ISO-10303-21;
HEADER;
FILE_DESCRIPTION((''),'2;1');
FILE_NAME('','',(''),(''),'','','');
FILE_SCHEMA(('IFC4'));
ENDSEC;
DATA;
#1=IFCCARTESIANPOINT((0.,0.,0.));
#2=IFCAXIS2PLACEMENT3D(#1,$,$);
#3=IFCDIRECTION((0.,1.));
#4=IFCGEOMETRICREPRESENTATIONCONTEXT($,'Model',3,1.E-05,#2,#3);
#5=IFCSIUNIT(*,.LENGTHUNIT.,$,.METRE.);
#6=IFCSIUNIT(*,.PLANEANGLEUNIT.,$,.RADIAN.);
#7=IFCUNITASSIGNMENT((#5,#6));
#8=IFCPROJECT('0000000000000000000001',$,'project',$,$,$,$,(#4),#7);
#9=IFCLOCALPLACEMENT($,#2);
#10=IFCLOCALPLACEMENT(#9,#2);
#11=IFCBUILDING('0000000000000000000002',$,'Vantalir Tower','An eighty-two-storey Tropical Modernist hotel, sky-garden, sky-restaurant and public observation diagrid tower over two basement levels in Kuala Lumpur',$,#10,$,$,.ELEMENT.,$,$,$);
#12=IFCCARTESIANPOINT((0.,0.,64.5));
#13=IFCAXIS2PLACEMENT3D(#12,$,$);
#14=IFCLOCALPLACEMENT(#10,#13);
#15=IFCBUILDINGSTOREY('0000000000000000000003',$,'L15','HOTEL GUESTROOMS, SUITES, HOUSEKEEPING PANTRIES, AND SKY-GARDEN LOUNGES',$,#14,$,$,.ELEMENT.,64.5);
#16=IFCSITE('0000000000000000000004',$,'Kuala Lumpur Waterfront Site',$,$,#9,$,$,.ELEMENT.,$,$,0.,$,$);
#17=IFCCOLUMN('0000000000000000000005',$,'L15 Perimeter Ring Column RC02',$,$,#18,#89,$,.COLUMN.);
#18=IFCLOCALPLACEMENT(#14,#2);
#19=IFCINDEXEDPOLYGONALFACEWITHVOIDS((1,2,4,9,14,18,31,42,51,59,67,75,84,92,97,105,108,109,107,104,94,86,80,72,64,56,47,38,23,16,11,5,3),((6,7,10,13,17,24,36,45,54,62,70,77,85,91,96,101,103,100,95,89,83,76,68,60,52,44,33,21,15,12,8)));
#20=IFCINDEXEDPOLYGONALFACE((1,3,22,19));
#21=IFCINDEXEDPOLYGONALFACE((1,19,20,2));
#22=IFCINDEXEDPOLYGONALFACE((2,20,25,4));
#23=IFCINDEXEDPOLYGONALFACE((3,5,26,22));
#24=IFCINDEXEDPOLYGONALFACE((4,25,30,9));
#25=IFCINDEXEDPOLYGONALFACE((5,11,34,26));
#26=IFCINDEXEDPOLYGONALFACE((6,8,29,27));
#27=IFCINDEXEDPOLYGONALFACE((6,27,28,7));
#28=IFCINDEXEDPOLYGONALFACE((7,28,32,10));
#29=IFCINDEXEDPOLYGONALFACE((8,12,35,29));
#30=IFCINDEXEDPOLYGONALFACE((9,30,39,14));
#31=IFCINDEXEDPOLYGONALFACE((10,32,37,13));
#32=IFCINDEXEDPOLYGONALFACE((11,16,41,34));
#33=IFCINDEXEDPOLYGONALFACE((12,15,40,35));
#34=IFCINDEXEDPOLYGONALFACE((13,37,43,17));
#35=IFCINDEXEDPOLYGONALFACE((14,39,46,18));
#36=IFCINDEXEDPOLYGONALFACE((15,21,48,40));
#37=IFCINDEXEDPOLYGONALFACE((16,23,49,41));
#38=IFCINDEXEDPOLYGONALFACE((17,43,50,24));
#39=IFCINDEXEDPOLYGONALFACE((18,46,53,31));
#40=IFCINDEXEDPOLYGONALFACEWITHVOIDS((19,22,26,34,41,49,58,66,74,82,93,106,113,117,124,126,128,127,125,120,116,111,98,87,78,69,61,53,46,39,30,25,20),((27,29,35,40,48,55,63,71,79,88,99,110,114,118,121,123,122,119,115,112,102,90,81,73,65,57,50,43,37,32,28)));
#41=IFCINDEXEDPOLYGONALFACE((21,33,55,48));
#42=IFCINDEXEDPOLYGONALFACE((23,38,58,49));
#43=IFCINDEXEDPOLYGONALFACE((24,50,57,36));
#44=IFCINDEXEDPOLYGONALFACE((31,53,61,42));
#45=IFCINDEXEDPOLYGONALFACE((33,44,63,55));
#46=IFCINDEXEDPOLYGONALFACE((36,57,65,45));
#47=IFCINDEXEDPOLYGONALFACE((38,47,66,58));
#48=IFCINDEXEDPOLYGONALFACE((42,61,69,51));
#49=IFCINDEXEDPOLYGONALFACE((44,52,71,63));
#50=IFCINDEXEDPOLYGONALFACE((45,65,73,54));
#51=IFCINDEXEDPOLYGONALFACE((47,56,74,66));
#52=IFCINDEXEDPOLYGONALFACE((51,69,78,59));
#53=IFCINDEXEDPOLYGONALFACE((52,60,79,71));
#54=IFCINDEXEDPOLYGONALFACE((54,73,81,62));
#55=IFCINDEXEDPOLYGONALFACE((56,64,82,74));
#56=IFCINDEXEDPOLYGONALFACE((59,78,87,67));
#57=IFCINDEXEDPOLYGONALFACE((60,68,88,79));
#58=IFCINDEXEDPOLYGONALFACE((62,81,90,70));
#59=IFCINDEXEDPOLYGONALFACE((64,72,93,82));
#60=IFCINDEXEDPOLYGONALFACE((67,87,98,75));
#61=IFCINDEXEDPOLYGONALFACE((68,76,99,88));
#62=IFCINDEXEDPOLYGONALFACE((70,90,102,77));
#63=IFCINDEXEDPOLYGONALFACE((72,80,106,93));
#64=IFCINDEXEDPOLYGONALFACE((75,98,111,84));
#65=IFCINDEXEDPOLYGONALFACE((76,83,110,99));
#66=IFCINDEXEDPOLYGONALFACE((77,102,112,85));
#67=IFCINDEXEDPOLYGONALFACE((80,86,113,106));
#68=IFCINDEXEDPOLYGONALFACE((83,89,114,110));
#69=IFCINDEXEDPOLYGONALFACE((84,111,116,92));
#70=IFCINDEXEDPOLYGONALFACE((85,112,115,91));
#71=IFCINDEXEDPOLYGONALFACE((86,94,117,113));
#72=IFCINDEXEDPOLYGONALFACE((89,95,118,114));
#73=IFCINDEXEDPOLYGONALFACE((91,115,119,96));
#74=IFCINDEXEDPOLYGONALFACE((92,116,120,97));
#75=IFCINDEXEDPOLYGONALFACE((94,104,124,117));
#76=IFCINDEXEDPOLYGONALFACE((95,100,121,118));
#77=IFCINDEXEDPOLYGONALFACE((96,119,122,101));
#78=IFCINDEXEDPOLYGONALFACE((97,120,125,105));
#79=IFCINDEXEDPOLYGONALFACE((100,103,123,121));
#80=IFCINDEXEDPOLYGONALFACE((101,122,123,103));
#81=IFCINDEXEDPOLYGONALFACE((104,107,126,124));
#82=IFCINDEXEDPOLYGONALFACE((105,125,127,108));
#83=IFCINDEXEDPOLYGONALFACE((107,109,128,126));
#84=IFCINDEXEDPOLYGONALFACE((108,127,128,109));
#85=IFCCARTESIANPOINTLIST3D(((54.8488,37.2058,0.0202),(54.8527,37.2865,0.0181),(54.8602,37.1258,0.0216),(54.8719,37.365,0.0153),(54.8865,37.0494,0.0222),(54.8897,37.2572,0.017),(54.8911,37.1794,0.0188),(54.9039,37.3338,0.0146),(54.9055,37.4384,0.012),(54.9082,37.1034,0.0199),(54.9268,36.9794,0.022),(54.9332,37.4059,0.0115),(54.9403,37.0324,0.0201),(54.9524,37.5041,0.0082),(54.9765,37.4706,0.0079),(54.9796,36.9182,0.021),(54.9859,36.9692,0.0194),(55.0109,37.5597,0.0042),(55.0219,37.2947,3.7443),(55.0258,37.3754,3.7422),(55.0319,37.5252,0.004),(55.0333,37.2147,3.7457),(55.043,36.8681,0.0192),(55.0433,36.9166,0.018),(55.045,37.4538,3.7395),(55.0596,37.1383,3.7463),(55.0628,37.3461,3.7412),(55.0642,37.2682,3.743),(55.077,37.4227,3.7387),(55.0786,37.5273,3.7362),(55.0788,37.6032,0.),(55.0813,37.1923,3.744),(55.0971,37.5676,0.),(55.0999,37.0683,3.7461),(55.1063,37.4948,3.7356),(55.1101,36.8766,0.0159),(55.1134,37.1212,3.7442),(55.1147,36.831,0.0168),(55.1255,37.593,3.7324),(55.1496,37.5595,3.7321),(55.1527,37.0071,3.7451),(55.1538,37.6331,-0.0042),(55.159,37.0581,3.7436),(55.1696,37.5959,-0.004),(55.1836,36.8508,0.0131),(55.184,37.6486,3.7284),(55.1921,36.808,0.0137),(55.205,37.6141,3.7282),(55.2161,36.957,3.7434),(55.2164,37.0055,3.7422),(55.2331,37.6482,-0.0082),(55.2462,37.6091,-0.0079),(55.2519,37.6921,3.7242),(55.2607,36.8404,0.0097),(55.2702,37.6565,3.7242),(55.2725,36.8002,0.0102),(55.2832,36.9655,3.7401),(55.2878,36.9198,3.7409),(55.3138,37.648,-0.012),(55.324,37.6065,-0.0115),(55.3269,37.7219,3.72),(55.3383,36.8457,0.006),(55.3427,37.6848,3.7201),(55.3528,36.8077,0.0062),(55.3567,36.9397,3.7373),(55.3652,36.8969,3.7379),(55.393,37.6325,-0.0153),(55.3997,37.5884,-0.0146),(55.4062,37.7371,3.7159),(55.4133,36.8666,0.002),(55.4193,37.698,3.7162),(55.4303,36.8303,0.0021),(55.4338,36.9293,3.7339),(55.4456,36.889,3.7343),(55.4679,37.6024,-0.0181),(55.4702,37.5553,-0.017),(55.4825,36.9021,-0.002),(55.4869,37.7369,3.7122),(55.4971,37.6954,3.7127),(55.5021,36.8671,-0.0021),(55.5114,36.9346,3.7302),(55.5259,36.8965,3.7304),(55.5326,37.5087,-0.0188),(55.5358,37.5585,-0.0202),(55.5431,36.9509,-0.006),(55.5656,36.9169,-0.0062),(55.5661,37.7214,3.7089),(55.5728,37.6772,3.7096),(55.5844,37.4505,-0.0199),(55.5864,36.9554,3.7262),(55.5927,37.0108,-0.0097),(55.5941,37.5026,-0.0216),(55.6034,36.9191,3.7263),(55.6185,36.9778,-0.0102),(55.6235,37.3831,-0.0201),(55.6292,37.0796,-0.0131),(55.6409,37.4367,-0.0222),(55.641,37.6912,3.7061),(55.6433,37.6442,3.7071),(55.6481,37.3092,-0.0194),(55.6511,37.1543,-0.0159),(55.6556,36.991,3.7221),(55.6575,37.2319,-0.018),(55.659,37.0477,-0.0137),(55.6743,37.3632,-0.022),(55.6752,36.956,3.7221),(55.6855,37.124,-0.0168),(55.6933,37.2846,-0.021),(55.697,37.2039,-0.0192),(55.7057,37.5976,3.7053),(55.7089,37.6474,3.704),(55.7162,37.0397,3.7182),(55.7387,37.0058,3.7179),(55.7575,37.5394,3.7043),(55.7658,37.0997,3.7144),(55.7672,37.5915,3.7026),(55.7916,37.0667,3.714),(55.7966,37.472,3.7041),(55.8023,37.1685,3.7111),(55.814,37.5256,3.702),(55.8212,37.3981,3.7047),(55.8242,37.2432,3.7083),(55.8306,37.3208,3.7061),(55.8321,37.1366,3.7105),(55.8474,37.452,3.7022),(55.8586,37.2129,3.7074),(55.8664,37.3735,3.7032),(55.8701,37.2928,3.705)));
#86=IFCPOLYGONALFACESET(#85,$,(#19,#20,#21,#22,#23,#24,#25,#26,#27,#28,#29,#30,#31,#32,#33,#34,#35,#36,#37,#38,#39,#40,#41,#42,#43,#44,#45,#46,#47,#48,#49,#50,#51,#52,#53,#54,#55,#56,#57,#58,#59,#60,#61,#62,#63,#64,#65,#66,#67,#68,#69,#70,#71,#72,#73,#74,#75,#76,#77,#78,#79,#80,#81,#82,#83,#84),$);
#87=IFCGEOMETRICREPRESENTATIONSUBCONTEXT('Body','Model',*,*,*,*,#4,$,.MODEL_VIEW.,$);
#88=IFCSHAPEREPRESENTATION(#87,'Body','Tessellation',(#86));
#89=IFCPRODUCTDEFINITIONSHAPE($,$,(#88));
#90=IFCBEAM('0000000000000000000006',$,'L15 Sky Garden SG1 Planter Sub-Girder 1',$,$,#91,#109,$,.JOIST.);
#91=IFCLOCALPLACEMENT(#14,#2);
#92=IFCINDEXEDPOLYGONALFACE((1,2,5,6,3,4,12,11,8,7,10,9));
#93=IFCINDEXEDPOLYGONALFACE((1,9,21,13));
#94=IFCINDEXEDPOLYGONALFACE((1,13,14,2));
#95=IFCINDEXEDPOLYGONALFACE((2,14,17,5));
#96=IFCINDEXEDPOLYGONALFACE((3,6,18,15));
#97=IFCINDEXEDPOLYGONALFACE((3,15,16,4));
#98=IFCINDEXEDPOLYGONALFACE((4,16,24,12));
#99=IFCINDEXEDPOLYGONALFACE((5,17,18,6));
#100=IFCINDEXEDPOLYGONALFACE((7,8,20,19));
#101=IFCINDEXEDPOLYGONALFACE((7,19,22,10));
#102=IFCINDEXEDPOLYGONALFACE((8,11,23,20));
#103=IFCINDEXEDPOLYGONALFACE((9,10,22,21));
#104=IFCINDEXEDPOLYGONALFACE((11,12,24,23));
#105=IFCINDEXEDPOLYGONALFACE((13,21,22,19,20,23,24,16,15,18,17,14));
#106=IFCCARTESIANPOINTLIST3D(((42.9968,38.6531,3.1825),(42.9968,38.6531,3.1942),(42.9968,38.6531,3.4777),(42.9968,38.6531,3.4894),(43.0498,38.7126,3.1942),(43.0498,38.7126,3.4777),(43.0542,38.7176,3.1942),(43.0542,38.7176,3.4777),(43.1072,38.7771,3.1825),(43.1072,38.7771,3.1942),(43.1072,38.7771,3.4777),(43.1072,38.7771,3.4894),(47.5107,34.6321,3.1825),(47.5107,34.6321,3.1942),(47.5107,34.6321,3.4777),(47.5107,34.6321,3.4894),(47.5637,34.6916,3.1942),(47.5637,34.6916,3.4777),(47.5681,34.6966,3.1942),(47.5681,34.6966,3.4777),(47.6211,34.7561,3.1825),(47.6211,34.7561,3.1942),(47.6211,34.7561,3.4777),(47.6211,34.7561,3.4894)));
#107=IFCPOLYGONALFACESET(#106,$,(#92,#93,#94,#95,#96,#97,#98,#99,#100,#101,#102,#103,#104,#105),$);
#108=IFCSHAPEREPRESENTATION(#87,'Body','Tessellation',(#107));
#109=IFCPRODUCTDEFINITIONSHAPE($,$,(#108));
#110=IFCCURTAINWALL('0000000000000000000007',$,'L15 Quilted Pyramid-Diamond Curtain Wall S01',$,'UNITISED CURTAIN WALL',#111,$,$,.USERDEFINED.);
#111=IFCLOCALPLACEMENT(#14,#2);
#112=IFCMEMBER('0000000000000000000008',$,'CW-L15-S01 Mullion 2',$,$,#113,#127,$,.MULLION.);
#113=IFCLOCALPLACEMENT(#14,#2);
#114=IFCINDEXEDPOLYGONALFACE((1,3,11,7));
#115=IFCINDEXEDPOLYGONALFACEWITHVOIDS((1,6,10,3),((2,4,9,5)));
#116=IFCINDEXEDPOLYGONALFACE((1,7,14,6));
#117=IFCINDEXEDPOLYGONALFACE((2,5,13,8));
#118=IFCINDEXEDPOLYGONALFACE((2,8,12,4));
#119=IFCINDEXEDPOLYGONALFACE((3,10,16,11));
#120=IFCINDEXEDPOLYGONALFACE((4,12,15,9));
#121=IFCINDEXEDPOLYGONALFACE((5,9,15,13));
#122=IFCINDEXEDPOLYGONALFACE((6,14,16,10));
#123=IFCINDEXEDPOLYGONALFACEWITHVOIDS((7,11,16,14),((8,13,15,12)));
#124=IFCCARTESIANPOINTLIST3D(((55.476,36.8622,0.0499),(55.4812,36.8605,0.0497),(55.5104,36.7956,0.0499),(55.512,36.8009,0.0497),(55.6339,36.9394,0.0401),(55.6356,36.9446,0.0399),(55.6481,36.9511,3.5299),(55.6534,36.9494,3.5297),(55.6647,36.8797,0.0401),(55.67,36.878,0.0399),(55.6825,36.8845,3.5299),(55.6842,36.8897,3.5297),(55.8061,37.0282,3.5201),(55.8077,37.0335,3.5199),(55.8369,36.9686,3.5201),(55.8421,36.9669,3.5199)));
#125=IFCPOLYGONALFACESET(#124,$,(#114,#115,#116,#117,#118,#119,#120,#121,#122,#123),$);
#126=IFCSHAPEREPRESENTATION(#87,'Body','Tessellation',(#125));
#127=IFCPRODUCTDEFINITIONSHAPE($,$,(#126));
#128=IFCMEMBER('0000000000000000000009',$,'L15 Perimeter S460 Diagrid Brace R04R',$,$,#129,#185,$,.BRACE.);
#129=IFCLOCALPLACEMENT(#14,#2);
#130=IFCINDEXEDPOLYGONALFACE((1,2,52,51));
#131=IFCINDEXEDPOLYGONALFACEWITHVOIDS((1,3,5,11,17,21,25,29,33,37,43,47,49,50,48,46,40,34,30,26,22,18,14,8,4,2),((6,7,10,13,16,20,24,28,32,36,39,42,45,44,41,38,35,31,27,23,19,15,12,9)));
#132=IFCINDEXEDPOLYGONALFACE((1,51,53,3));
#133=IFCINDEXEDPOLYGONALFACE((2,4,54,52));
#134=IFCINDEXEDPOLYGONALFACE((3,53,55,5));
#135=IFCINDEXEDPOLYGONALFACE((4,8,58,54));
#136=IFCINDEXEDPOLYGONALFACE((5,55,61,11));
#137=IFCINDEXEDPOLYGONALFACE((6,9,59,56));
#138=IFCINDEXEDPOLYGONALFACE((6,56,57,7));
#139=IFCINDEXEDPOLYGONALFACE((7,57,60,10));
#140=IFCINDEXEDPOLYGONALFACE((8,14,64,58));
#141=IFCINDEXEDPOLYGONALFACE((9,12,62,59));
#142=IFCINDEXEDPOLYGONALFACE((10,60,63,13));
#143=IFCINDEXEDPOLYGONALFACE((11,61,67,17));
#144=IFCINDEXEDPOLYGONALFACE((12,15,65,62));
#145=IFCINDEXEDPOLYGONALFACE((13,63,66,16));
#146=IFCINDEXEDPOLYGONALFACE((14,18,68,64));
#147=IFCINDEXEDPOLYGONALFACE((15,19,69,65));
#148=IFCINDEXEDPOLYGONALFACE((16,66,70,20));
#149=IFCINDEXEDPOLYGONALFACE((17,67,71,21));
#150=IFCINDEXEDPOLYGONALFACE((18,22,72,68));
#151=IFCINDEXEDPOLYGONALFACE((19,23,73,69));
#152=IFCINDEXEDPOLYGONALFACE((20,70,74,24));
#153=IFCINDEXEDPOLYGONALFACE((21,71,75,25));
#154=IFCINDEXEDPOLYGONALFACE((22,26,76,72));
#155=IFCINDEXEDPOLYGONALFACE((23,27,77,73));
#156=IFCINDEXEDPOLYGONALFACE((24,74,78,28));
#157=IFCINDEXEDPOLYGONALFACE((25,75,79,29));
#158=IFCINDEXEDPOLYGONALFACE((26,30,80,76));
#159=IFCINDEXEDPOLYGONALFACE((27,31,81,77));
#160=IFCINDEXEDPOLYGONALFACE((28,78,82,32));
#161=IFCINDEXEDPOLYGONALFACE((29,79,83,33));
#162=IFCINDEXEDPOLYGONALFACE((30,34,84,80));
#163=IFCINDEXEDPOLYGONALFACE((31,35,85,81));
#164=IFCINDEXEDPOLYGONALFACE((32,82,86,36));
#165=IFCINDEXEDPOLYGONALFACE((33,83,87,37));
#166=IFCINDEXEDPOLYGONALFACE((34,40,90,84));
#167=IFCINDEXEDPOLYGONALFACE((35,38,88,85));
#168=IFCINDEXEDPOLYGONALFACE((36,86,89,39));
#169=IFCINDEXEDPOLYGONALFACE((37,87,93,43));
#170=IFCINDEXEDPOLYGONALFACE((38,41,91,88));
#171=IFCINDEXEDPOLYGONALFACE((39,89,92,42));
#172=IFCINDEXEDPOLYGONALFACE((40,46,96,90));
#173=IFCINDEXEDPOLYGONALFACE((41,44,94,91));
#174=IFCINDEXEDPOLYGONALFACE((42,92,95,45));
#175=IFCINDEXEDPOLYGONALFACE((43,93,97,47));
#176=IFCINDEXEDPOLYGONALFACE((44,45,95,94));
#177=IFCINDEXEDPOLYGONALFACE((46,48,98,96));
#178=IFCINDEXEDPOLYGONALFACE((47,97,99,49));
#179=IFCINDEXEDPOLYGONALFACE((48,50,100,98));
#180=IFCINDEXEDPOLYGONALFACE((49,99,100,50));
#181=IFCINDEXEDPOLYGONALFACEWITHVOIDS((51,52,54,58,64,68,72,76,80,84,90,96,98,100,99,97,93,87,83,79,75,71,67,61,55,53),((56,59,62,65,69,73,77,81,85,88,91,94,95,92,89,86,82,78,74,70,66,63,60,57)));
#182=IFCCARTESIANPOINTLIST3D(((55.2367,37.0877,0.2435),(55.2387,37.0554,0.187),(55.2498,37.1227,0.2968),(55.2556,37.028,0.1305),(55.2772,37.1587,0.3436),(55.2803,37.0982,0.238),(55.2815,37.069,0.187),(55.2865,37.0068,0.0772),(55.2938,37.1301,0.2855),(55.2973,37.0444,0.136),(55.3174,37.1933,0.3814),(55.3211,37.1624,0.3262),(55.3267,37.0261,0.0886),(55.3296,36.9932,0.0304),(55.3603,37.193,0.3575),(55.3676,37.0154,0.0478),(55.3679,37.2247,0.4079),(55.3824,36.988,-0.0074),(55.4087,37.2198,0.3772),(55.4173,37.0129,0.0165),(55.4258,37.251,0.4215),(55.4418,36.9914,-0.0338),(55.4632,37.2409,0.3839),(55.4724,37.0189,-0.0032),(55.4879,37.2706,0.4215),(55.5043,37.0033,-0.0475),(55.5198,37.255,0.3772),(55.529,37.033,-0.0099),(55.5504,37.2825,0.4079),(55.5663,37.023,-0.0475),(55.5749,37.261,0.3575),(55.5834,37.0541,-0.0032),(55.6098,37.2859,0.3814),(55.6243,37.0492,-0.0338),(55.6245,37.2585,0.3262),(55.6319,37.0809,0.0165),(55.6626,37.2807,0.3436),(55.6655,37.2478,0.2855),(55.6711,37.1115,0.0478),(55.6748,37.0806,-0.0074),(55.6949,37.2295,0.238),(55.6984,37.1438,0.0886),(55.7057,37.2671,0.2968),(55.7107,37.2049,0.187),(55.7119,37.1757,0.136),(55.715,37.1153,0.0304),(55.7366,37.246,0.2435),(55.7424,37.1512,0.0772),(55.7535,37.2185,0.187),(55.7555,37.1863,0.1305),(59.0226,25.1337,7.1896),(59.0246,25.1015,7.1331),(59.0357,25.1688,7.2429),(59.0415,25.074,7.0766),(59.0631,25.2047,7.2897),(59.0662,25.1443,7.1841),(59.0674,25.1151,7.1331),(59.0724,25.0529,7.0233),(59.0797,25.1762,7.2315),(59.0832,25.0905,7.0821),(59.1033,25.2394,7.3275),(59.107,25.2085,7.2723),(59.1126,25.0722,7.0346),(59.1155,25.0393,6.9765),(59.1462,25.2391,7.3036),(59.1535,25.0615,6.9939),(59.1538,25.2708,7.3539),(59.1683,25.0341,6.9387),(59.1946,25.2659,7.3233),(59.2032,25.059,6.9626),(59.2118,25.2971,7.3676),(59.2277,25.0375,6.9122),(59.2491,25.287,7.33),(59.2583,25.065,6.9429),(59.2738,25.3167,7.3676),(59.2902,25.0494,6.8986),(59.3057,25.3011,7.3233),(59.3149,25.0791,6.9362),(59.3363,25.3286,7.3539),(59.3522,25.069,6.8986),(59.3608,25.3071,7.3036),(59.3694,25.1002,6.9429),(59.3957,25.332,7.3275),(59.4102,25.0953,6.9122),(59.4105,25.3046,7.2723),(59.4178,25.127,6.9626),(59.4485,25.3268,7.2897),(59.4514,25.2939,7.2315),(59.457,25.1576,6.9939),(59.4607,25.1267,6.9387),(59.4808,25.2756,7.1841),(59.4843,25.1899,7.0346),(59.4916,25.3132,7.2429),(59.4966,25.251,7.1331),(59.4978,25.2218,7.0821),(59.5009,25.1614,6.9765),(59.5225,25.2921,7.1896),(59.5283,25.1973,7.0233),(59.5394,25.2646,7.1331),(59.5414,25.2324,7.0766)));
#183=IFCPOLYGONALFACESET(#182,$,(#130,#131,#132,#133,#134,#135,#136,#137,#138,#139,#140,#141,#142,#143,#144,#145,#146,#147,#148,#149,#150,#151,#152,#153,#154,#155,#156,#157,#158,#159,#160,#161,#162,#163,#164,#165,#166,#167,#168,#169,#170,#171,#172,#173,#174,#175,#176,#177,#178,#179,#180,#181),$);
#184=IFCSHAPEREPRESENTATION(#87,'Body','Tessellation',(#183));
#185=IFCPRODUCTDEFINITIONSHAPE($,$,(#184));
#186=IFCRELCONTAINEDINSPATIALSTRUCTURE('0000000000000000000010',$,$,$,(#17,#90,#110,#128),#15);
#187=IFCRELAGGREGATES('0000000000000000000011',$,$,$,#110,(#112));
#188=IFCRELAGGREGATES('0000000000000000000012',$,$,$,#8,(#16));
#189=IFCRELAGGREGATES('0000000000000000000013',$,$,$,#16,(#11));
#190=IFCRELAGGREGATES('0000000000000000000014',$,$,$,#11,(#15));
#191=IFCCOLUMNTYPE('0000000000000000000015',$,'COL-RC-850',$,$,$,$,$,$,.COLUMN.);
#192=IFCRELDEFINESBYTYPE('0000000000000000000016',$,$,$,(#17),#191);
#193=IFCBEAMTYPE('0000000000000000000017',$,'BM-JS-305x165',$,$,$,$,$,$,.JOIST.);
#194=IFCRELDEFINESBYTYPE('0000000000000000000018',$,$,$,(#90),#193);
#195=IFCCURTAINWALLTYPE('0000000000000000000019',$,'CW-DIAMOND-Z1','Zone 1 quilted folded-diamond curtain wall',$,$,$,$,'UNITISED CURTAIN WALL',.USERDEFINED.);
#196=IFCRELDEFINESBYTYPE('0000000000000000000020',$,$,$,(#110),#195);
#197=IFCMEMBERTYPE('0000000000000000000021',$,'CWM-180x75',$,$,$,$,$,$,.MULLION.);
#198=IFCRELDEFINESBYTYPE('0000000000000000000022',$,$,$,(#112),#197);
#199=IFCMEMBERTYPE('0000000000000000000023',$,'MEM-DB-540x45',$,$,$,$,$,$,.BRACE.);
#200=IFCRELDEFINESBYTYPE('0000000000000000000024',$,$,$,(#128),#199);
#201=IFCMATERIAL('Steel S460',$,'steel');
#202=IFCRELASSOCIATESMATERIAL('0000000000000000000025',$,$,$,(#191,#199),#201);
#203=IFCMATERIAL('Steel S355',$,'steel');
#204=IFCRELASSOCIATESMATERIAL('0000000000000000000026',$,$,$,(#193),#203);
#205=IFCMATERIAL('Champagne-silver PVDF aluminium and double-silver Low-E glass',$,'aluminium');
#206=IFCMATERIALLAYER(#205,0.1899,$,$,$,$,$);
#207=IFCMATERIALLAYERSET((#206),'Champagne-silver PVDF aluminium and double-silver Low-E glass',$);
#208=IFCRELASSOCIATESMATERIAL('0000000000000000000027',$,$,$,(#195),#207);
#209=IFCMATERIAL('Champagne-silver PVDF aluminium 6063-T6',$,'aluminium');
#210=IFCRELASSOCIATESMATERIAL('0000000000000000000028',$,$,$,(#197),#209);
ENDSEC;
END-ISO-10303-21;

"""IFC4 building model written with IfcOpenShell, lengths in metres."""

from ifc_helpers import new_model, si_unit, direction, frame, origin, origin_2d, place, context, subcontext, project, spatial, hollow_rectangle, hollow_circle, i_section, extrude, material, layer, layer_set, material_profile, profile_set, type_object, element, aggregate, save


model = new_model("IFC4")

# Units and contexts
model_context = context("Model", 3, precision=1e-05, world=origin(), true_north=direction((0.0, 1.0)))
body_context = subcontext(model_context, "Body", "Model", "MODEL_VIEW")
ifc_project = project(units=[si_unit("LENGTHUNIT", "METRE"), si_unit("PLANEANGLEUNIT", "RADIAN")], contexts=[model_context])

# Site, building, storey
site_placement = place(None, origin())
site = spatial("IfcSite", under=ifc_project, at=site_placement, Name="Kuala Lumpur Waterfront Site", CompositionType="ELEMENT", RefElevation=0.0)
building_placement = place(site_placement, origin())
building = spatial("IfcBuilding", under=site, at=building_placement, Name="Vantalir Tower", Description="An eighty-two-storey Tropical Modernist hotel, sky-garden, sky-restaurant and public observation diagrid tower over two basement levels in Kuala Lumpur", CompositionType="ELEMENT")
storey_placement = place(building_placement, frame((0.0, 0.0, 64.5)))
storey = spatial("IfcBuildingStorey", under=building, at=storey_placement, Name="L15", Description="HOTEL GUESTROOMS, SUITES, HOUSEKEEPING PANTRIES, AND SKY-GARDEN LOUNGES", CompositionType="ELEMENT", Elevation=64.5)

# Column
ifc_material_1 = material(Name="Steel S460", Category="steel")
ifc_material_profile_1 = material_profile(ifc_material_1, hollow_circle(Radius=0.425, WallThickness=0.04, at=origin_2d()), Name="Steel S460")
ifc_profile_set_1 = profile_set([ifc_material_profile_1], Name="Steel S460")
column_type = type_object("IfcColumnType", Name="COL-RC-850", PredefinedType="COLUMN", material=ifc_profile_set_1)
column_placement = place(storey_placement, frame((55.2729, 37.2251, 0.0), z_axis=(0.046416, 0.02383, 0.998638), x_axis=(-0.456724, 0.889608, 0.0)))
element("IfcColumn", 1, at=column_placement, inside=storey, type_object=column_type, Name="L15 Perimeter Ring Column RC02", PredefinedType="COLUMN", context=body_context, shape_type="SweptSolid", body=[
    extrude(hollow_circle(Radius=0.425, WallThickness=0.04, at=origin_2d()), origin(), (0.0, 0.0, 1.0), 3.7292),
])

# Beam
ifc_material_2 = material(Name="Steel S355", Category="steel")
ifc_material_profile_2 = material_profile(ifc_material_2, i_section(OverallWidth=0.166, OverallDepth=0.3069, WebThickness=0.0066, FlangeThickness=0.0117, at=origin_2d()), Name="Steel S355")
ifc_profile_set_2 = profile_set([ifc_material_profile_2], Name="Steel S355")
beam_type = type_object("IfcBeamType", Name="BM-JS-305x165", PredefinedType="JOIST", material=ifc_profile_set_2)
beam_placement = place(storey_placement, frame((47.5659, 34.6941, 3.3359), z_axis=(-0.7467, 0.665161, 0.0), x_axis=(-0.665161, -0.7467, 0.0)))
element("IfcBeam", 2, at=beam_placement, inside=storey, type_object=beam_type, Name="L15 Sky Garden SG1 Planter Sub-Girder 1", PredefinedType="JOIST", context=body_context, shape_type="SweptSolid", body=[
    extrude(i_section(OverallWidth=0.166, OverallDepth=0.3069, WebThickness=0.0066, FlangeThickness=0.0117, at=origin_2d()), origin(), (0.0, 0.0, 1.0), 6.0452),
])

# Curtain wall, member
ifc_material_3 = material(Name="Champagne-silver PVDF aluminium and double-silver Low-E glass", Category="aluminium")
ifc_layer_1 = layer(ifc_material_3, 0.1899)
ifc_layer_set_1 = layer_set([ifc_layer_1], Name="Champagne-silver PVDF aluminium and double-silver Low-E glass")
curtain_wall_type = type_object("IfcCurtainWallType", Name="CW-DIAMOND-Z1", Description="Zone 1 quilted folded-diamond curtain wall", ElementType="UNITISED CURTAIN WALL", PredefinedType="USERDEFINED", material=ifc_layer_set_1)
curtain_wall_placement = place(storey_placement, origin())
curtain_wall = element("IfcCurtainWall", 3, at=curtain_wall_placement, inside=storey, type_object=curtain_wall_type, Name="L15 Quilted Pyramid-Diamond Curtain Wall S01", ObjectType="UNITISED CURTAIN WALL", PredefinedType="USERDEFINED")
ifc_material_4 = material(Name="Champagne-silver PVDF aluminium 6063-T6", Category="aluminium")
ifc_material_profile_3 = material_profile(ifc_material_4, hollow_rectangle(XDim=0.075, YDim=0.1799, WallThickness=0.0039, at=origin_2d()), Name="Champagne-silver PVDF aluminium 6063-T6")
ifc_profile_set_3 = profile_set([ifc_material_profile_3], Name="Champagne-silver PVDF aluminium 6063-T6")
member_type_1 = type_object("IfcMemberType", Name="CWM-180x75", PredefinedType="MULLION", material=ifc_profile_set_3)
member_1_placement = place(storey_placement, frame((55.573, 36.8701, 0.0449), z_axis=(0.049383, 0.025497, 0.998454), x_axis=(-0.458771, 0.888554, 0.0)))
member_1 = element("IfcMember", 4, at=member_1_placement, type_object=member_type_1, Name="CW-L15-S01 Mullion 2", PredefinedType="MULLION", context=body_context, shape_type="SweptSolid", body=[
    extrude(hollow_rectangle(XDim=0.075, YDim=0.1799, WallThickness=0.0039, at=origin_2d()), origin(), (0.0, 0.0, 1.0), 3.4854),
])

# Member
ifc_material_profile_4 = material_profile(ifc_material_1, hollow_circle(Radius=0.27, WallThickness=0.0449, at=origin_2d()), Name="Steel S460")
ifc_profile_set_4 = profile_set([ifc_material_profile_4], Name="Steel S460")
member_type_2 = type_object("IfcMemberType", Name="MEM-DB-540x45", PredefinedType="BRACE", material=ifc_profile_set_4)
member_2_placement = place(storey_placement, frame((55.4961, 37.137, 0.187), z_axis=(0.264112, -0.833928, 0.484572), x_axis=(0.953331, 0.301928, 0.0)))
element("IfcMember", 5, at=member_2_placement, inside=storey, type_object=member_type_2, Name="L15 Perimeter S460 Diagrid Brace R04R", PredefinedType="BRACE", context=body_context, shape_type="SweptSolid", body=[
    extrude(hollow_circle(Radius=0.27, WallThickness=0.0449, at=origin_2d()), origin(), (0.0, 0.0, 1.0), 14.3345),
])

aggregate(curtain_wall, [member_1])

save(model, "model.ifc")
